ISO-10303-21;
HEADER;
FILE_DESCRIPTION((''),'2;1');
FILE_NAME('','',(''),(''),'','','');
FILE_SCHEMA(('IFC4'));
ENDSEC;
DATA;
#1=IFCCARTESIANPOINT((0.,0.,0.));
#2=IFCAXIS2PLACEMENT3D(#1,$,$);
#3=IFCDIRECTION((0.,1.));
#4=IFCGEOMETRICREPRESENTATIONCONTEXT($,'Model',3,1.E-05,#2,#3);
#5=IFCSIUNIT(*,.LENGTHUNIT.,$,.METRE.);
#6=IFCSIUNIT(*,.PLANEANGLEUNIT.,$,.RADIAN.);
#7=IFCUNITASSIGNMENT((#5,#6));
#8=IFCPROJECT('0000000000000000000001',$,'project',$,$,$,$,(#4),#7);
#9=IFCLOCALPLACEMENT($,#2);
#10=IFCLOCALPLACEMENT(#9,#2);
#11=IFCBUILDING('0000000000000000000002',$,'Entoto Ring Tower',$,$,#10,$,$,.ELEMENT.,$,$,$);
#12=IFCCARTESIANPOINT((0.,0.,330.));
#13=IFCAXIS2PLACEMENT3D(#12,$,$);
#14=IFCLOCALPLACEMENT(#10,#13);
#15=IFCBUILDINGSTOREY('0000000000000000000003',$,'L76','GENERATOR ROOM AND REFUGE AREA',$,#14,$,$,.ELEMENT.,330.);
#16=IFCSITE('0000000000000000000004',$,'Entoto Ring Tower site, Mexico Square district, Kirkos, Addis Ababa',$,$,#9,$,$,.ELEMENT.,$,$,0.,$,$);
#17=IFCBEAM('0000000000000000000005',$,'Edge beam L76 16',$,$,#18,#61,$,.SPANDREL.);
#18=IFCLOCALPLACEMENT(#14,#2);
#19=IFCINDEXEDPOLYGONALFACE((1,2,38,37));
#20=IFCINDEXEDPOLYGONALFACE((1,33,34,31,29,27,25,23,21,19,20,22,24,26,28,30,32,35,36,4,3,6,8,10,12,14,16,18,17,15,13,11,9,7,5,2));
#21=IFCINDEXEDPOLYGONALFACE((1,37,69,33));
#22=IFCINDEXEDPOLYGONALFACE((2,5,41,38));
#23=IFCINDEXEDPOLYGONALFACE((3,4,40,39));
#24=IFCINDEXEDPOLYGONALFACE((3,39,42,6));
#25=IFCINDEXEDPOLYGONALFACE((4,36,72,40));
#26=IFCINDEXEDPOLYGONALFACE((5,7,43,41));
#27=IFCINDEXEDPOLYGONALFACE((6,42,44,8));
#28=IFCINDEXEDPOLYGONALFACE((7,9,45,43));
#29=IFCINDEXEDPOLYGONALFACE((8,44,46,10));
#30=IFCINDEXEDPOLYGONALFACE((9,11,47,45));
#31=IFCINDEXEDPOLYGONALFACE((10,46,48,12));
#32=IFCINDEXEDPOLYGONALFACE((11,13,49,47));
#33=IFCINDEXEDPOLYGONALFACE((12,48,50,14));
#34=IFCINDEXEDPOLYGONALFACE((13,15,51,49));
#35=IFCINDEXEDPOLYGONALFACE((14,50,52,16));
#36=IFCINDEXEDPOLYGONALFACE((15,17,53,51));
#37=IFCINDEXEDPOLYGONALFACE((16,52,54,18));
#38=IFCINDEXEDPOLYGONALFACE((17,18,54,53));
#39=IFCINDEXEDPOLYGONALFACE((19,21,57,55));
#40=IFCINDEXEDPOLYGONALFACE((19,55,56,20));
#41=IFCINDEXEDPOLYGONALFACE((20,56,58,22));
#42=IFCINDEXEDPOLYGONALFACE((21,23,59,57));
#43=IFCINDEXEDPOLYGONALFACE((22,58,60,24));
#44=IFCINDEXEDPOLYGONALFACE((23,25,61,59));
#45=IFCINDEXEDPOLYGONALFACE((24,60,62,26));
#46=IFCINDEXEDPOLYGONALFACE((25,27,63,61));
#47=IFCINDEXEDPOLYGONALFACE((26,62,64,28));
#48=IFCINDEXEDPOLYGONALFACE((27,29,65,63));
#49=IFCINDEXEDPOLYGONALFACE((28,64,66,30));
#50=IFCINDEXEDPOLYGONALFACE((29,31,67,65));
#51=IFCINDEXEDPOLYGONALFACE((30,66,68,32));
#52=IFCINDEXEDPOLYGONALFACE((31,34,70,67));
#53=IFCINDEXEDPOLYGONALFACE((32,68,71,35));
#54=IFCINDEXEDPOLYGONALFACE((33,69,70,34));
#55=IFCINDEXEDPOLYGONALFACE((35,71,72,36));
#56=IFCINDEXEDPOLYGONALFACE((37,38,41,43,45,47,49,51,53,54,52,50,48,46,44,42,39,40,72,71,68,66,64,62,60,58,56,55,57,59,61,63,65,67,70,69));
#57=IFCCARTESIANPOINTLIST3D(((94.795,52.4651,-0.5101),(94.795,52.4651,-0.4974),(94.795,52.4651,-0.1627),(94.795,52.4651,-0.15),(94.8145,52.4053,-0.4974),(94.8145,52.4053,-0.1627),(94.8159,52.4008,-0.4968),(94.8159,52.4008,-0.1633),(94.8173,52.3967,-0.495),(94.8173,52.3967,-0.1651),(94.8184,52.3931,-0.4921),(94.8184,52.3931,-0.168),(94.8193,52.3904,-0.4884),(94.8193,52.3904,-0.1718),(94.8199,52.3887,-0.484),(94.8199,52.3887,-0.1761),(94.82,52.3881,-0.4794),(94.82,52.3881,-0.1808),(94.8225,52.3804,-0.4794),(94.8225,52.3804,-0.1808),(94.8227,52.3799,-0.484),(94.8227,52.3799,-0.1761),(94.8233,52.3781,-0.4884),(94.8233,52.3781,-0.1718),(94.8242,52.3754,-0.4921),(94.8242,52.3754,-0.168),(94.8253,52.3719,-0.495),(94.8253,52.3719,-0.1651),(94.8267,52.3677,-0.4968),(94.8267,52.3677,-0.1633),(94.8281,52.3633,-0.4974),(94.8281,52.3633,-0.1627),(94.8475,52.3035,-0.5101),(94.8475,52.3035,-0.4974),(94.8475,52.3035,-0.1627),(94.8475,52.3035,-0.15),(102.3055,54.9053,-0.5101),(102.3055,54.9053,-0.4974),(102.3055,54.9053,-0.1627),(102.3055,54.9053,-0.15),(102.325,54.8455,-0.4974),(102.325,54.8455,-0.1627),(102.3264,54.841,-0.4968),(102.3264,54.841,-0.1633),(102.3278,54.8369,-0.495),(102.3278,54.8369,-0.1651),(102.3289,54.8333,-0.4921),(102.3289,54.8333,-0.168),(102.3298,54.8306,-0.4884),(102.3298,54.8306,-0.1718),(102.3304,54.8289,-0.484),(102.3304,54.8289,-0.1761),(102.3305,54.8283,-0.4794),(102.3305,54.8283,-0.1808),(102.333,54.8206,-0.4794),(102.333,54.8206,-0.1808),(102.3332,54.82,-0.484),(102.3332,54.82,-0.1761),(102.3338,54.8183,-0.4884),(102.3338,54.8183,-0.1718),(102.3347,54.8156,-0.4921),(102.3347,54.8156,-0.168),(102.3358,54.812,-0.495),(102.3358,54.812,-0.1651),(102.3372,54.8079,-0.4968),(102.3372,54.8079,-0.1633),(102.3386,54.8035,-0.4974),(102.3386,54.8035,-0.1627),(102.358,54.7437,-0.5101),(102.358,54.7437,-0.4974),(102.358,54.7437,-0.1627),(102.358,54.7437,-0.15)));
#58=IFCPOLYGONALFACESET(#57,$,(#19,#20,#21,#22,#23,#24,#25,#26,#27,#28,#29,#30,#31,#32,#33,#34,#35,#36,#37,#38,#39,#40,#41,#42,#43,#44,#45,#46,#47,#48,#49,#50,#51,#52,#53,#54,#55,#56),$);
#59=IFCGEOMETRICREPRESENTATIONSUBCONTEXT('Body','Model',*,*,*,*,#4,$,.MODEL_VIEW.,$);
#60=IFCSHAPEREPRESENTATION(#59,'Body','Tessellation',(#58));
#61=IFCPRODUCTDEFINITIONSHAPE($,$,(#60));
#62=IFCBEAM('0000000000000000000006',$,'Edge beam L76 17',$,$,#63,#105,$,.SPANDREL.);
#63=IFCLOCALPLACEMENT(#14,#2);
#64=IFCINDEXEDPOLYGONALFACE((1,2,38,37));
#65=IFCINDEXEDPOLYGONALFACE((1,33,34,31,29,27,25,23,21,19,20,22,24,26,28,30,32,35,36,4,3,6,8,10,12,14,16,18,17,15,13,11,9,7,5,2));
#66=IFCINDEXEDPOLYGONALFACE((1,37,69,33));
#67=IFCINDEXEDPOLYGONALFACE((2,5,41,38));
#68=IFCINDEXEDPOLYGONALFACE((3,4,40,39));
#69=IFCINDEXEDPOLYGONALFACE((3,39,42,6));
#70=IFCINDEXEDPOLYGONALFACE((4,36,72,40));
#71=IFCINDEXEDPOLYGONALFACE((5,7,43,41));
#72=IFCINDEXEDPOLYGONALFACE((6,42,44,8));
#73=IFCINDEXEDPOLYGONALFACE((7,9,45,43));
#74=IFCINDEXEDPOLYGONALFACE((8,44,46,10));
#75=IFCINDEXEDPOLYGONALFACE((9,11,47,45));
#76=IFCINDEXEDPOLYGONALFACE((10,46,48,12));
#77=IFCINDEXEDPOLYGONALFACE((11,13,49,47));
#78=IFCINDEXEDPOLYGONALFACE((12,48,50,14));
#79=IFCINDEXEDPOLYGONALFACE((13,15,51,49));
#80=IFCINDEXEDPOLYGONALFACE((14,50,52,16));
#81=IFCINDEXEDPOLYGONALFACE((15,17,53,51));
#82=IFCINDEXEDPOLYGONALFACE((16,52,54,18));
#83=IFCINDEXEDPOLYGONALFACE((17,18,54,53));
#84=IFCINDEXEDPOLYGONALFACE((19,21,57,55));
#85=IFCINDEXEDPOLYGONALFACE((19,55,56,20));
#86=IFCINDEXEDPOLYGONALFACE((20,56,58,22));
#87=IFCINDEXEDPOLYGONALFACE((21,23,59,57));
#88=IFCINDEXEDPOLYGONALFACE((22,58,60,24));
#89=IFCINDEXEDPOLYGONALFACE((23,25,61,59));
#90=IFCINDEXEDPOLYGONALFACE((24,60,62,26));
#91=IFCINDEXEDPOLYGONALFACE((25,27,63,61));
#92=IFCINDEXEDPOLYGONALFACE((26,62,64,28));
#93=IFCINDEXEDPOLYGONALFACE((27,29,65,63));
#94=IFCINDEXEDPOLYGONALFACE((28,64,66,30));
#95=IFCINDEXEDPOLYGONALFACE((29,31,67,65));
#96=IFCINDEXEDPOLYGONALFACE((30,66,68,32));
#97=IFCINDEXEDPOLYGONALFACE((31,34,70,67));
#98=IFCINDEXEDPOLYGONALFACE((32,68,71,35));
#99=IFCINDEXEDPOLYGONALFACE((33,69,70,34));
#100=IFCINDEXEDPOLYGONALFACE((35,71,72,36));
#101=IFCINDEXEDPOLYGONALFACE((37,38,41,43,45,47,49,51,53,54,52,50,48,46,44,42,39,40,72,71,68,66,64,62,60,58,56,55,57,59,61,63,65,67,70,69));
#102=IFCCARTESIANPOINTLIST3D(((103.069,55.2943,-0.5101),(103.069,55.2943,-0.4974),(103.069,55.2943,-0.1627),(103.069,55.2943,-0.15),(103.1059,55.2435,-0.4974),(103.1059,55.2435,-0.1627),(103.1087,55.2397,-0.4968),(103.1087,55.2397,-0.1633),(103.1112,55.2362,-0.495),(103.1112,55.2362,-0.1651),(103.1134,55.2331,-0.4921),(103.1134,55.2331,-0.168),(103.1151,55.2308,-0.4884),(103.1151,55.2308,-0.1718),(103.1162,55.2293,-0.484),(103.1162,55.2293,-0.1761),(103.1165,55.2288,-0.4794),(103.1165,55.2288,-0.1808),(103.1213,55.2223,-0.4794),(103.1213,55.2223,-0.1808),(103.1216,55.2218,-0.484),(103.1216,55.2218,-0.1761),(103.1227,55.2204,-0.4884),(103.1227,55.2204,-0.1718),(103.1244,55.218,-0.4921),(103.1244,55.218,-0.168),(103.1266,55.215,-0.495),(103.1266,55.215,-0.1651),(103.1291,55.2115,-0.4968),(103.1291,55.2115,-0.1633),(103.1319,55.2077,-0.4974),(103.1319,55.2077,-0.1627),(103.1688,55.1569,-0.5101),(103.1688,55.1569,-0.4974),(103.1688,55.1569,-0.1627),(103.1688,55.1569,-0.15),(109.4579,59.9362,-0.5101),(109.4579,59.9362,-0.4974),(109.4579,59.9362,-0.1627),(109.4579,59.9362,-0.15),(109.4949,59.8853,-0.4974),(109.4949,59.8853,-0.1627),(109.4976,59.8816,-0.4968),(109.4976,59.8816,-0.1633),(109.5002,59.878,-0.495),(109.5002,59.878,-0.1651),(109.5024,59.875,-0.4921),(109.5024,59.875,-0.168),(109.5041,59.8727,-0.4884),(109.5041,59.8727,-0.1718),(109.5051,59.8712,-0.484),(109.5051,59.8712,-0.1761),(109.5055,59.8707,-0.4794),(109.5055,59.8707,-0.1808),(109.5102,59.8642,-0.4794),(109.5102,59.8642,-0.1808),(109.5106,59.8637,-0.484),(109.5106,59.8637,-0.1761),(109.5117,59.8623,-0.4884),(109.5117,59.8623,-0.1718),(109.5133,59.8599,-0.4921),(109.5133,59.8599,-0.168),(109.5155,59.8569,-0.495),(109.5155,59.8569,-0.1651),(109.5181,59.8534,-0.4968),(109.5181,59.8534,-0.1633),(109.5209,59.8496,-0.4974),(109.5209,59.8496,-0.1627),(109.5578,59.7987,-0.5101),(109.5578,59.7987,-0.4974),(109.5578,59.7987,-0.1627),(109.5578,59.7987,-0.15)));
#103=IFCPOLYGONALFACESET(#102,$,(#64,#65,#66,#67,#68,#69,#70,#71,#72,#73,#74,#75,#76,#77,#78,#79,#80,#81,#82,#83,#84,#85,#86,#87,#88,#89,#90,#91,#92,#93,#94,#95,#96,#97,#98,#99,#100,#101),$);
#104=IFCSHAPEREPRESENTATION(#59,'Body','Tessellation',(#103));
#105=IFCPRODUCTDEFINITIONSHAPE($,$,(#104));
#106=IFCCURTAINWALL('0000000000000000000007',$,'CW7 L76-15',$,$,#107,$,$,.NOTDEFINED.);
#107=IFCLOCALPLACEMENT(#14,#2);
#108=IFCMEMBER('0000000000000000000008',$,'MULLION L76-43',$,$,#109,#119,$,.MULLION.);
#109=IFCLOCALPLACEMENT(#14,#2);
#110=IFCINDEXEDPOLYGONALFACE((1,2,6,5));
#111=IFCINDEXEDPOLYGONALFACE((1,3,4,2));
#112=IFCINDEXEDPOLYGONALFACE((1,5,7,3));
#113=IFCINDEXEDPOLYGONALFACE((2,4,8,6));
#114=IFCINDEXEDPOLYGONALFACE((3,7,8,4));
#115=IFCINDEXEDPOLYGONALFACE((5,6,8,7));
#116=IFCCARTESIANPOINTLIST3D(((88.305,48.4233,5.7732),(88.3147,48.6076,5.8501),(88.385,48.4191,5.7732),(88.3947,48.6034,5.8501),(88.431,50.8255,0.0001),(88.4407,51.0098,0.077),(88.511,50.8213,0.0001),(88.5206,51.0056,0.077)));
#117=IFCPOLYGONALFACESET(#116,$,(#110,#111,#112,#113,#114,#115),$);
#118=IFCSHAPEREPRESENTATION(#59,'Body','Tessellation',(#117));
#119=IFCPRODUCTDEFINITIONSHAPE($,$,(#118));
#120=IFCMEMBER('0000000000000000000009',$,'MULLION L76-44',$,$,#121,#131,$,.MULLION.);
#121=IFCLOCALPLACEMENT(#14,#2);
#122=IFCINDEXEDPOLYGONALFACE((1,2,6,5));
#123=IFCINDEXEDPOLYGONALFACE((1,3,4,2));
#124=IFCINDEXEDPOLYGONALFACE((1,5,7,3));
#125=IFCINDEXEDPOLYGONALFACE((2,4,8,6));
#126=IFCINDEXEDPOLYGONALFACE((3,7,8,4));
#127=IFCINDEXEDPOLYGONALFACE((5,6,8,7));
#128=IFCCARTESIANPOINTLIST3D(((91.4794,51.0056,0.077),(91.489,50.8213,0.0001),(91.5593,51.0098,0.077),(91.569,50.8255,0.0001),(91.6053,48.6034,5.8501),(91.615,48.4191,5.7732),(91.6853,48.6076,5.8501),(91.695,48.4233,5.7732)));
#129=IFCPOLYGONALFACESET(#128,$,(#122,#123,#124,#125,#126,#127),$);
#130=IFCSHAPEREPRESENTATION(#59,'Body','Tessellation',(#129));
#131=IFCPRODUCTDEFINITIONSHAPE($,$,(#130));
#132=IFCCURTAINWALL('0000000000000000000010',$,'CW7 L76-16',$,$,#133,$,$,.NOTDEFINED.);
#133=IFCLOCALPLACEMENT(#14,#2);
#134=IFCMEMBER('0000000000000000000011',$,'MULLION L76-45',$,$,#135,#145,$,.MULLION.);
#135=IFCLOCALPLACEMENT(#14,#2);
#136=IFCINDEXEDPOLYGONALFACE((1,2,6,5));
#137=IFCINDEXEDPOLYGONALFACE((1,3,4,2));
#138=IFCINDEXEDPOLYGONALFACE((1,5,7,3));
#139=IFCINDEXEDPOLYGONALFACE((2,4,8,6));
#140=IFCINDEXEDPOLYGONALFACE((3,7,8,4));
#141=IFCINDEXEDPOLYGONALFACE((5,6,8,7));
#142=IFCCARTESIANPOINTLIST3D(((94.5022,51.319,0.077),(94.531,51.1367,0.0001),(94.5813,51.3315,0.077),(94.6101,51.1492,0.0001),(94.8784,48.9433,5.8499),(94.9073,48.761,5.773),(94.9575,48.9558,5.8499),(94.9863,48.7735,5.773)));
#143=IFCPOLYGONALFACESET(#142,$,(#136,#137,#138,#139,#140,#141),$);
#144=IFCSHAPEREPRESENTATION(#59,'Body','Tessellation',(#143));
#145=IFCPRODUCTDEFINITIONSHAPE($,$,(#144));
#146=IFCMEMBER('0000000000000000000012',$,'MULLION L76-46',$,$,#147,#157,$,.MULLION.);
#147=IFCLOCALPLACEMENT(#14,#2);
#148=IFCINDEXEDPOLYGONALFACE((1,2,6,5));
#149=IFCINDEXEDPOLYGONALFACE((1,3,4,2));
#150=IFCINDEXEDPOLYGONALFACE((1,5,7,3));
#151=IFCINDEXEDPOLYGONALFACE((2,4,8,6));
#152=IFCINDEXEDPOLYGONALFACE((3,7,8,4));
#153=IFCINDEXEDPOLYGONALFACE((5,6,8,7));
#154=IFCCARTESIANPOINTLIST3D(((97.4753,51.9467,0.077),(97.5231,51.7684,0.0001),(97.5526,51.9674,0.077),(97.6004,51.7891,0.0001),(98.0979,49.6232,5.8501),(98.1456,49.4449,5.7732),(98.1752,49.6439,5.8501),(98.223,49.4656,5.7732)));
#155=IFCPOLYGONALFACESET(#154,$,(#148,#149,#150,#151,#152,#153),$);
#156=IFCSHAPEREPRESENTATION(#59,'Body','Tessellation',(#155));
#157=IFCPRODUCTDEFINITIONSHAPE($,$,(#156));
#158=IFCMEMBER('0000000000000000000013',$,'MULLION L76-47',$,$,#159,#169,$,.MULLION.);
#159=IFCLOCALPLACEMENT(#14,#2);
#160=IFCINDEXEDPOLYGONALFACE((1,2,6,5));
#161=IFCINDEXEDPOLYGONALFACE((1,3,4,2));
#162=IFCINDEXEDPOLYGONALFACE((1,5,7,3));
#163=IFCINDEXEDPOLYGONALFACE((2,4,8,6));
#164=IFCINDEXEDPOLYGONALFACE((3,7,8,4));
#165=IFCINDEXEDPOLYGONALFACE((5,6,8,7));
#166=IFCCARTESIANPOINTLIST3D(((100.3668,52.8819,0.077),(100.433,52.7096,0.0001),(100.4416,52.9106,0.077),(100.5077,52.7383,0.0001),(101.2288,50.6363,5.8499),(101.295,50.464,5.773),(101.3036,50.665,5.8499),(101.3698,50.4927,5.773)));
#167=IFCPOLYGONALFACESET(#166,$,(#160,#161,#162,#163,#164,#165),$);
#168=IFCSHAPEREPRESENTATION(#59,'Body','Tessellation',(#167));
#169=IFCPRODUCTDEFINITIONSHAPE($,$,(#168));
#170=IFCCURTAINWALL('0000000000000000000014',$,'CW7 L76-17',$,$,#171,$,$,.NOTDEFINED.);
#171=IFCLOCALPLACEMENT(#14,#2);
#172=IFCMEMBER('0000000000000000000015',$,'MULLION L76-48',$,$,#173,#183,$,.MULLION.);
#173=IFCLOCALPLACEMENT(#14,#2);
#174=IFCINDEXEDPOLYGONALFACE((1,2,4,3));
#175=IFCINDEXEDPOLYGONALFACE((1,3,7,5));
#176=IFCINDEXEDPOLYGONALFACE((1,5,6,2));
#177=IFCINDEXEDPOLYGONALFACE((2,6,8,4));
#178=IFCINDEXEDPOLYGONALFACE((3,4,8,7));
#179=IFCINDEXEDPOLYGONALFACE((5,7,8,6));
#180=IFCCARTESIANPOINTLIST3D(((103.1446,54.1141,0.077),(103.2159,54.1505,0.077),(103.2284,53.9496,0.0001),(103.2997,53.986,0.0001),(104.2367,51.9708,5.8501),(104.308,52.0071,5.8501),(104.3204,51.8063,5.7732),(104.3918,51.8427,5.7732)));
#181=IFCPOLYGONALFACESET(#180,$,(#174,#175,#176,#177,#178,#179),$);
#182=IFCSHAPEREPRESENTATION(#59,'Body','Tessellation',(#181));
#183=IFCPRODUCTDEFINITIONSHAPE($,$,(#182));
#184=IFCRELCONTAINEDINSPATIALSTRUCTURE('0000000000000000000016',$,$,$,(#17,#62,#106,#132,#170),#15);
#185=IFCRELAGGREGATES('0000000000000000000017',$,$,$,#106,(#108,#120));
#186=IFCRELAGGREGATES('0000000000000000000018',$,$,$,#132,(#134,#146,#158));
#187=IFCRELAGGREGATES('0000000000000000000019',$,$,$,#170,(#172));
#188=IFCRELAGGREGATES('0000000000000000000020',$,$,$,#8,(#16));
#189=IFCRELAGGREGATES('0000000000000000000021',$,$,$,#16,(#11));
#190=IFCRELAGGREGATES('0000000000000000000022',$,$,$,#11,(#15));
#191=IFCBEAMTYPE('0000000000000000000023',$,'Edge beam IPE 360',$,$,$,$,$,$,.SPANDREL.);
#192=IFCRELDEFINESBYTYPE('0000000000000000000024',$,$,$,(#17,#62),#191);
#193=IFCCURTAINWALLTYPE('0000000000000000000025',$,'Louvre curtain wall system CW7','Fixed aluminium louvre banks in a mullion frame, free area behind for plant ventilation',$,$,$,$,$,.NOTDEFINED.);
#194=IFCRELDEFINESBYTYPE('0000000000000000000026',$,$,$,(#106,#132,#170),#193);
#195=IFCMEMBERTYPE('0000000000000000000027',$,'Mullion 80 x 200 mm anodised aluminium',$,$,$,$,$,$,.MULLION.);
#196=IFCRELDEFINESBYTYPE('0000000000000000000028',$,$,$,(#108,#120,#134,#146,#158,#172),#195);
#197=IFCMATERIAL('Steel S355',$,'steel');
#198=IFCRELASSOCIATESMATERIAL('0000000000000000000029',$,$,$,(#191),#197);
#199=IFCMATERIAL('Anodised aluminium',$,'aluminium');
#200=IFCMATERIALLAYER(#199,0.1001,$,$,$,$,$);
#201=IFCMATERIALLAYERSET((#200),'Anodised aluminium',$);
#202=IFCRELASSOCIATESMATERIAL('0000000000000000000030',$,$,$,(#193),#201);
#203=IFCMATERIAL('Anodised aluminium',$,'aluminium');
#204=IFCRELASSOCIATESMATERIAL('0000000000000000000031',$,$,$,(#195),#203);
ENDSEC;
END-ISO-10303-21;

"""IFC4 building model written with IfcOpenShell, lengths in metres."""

from ifc_helpers import new_model, si_unit, direction, frame, origin, origin_2d, place, context, subcontext, project, spatial, rectangle, i_section, extrude, material, layer, layer_set, material_profile, profile_set, type_object, element, aggregate, save


model = new_model("IFC4")

# Units and contexts
model_context = context("Model", 3, precision=1e-05, world=origin(), true_north=direction((0.0, 1.0)))
body_context = subcontext(model_context, "Body", "Model", "MODEL_VIEW")
ifc_project = project(units=[si_unit("LENGTHUNIT", "METRE"), si_unit("PLANEANGLEUNIT", "RADIAN")], contexts=[model_context])

# Site, building, storey
site_placement = place(None, origin())
site = spatial("IfcSite", under=ifc_project, at=site_placement, Name="Entoto Ring Tower site, Mexico Square district, Kirkos, Addis Ababa", CompositionType="ELEMENT", RefElevation=0.0)
building_placement = place(site_placement, origin())
building = spatial("IfcBuilding", under=site, at=building_placement, Name="Entoto Ring Tower", CompositionType="ELEMENT")
storey_placement = place(building_placement, frame((0.0, 0.0, 330.0)))
storey = spatial("IfcBuildingStorey", under=building, at=storey_placement, Name="L76", Description="GENERATOR ROOM AND REFUGE AREA", CompositionType="ELEMENT", Elevation=330.0)

# Beams
ifc_material_1 = material(Name="Steel S355", Category="steel")
ifc_material_profile_1 = material_profile(ifc_material_1, i_section(OverallWidth=0.1699, OverallDepth=0.3601, WebThickness=0.0081, FlangeThickness=0.0127, FilletRadius=0.0181, at=origin_2d()), Name="IPE 360")
ifc_profile_set_1 = profile_set([ifc_material_profile_1], Name="Steel S355")
beam_type_1 = type_object("IfcBeamType", Name="Edge beam IPE 360", PredefinedType="SPANDREL", material=ifc_profile_set_1)
beam_1_placement = place(storey_placement, frame((94.8213, 52.3843, -0.3301), z_axis=(0.951061, 0.309003, 0.0), x_axis=(-0.309003, 0.951061, 0.0)))
element("IfcBeam", 1, at=beam_1_placement, inside=storey, type_object=beam_type_1, Name="Edge beam L76 16", PredefinedType="SPANDREL", context=body_context, shape_type="SweptSolid", body=[
    extrude(i_section(OverallWidth=0.1699, OverallDepth=0.3601, WebThickness=0.0081, FlangeThickness=0.0127, FilletRadius=0.0181, at=origin_2d()), origin(), (0.0, 0.0, 1.0), 7.897),
])
beam_2_placement = place(storey_placement, frame((103.1189, 55.2256, -0.3301), z_axis=(0.809015, 0.587787, 0.0), x_axis=(-0.587787, 0.809015, 0.0)))
element("IfcBeam", 2, at=beam_2_placement, inside=storey, type_object=beam_type_1, Name="Edge beam L76 17", PredefinedType="SPANDREL", context=body_context, shape_type="SweptSolid", body=[
    extrude(i_section(OverallWidth=0.1699, OverallDepth=0.3601, WebThickness=0.0081, FlangeThickness=0.0127, FilletRadius=0.0181, at=origin_2d()), origin(), (0.0, 0.0, 1.0), 7.8972),
])

# Curtain walls, members
ifc_material_2 = material(Name="Anodised aluminium", Category="aluminium")
ifc_layer_1 = layer(ifc_material_2, 0.1001)
ifc_layer_set_1 = layer_set([ifc_layer_1], Name="Anodised aluminium")
curtain_wall_type = type_object("IfcCurtainWallType", Name="Louvre curtain wall system CW7", Description="Fixed aluminium louvre banks in a mullion frame, free area behind for plant ventilation", PredefinedType="NOTDEFINED", material=ifc_layer_set_1)
curtain_wall_1_placement = place(storey_placement, origin())
curtain_wall_1 = element("IfcCurtainWall", 3, at=curtain_wall_1_placement, inside=storey, type_object=curtain_wall_type, Name="CW7 L76-15", PredefinedType="NOTDEFINED")
ifc_material_3 = material(Name="Anodised aluminium", Category="aluminium")
ifc_material_profile_2 = material_profile(ifc_material_3, rectangle(XDim=0.0801, YDim=0.2, at=origin_2d()), Name="Mullion 80 x 200 mm anodised aluminium")
ifc_profile_set_2 = profile_set([ifc_material_profile_2], Name="Anodised aluminium")
member_type_1 = type_object("IfcMemberType", Name="Mullion 80 x 200 mm anodised aluminium", PredefinedType="MULLION", material=ifc_profile_set_2)
member_1_placement = place(storey_placement, frame((88.4758, 50.9155, 0.0386), z_axis=(-0.020143, -0.384088, 0.923077), x_axis=(0.998628, -0.052372, 0.0)))
member_1 = element("IfcMember", 4, at=member_1_placement, type_object=member_type_1, Name="MULLION L76-43", PredefinedType="MULLION", context=body_context, shape_type="SweptSolid", body=[
    extrude(rectangle(XDim=0.0801, YDim=0.2, at=origin_2d()), origin(), (0.0, 0.0, 1.0), 6.2542),
])
member_2_placement = place(storey_placement, frame((91.5242, 50.9155, 0.0386), z_axis=(0.020143, -0.384088, 0.923077), x_axis=(0.998628, 0.052372, 0.0)))
member_2 = element("IfcMember", 5, at=member_2_placement, type_object=member_type_1, Name="MULLION L76-44", PredefinedType="MULLION", context=body_context, shape_type="SweptSolid", body=[
    extrude(rectangle(XDim=0.0801, YDim=0.2, at=origin_2d()), origin(), (0.0, 0.0, 1.0), 6.2542),
])
aggregate(curtain_wall_1, [member_1, member_2])
curtain_wall_2_placement = place(storey_placement, origin())
curtain_wall_2 = element("IfcCurtainWall", 6, at=curtain_wall_2_placement, inside=storey, type_object=curtain_wall_type, Name="CW7 L76-16", PredefinedType="NOTDEFINED")
member_3_placement = place(storey_placement, frame((94.5562, 51.2341, 0.0386), z_axis=(0.060157, -0.379874, 0.92308), x_axis=(0.987692, 0.156411, 0.0)))
member_3 = element("IfcMember", 7, at=member_3_placement, type_object=member_type_1, Name="MULLION L76-45", PredefinedType="MULLION", context=body_context, shape_type="SweptSolid", body=[
    extrude(rectangle(XDim=0.0801, YDim=0.2, at=origin_2d()), origin(), (0.0, 0.0, 1.0), 6.2539),
])
member_4_placement = place(storey_placement, frame((97.5378, 51.8679, 0.0386), z_axis=(0.099545, -0.371517, 0.923074), x_axis=(0.965928, 0.258812, 0.0)))
member_4 = element("IfcMember", 8, at=member_4_placement, type_object=member_type_1, Name="MULLION L76-46", PredefinedType="MULLION", context=body_context, shape_type="SweptSolid", body=[
    extrude(rectangle(XDim=0.0801, YDim=0.2, at=origin_2d()), origin(), (0.0, 0.0, 1.0), 6.2542),
])
member_5_placement = place(storey_placement, frame((100.4373, 52.8101, 0.0386), z_axis=(0.137841, -0.359066, 0.923077), x_axis=(0.933573, 0.358387, 0.0)))
member_5 = element("IfcMember", 9, at=member_5_placement, type_object=member_type_1, Name="MULLION L76-47", PredefinedType="MULLION", context=body_context, shape_type="SweptSolid", body=[
    extrude(rectangle(XDim=0.0801, YDim=0.2, at=origin_2d()), origin(), (0.0, 0.0, 1.0), 6.2539),
])
aggregate(curtain_wall_2, [member_3, member_4, member_5])

# Curtain wall, member
curtain_wall_3_placement = place(storey_placement, origin())
curtain_wall_3 = element("IfcCurtainWall", 10, at=curtain_wall_3_placement, inside=storey, type_object=curtain_wall_type, Name="CW7 L76-17", PredefinedType="NOTDEFINED")
member_6_placement = place(storey_placement, frame((103.2222, 54.05, 0.0386), z_axis=(0.174613, -0.342707, 0.923072), x_axis=(0.891012, 0.453981, 0.0)))
member_6 = element("IfcMember", 11, at=member_6_placement, type_object=member_type_1, Name="MULLION L76-48", PredefinedType="MULLION", context=body_context, shape_type="SweptSolid", body=[
    extrude(rectangle(XDim=0.0801, YDim=0.2, at=origin_2d()), origin(), (0.0, 0.0, 1.0), 6.2542),
])
aggregate(curtain_wall_3, [member_6])

save(model, "model.ifc")
